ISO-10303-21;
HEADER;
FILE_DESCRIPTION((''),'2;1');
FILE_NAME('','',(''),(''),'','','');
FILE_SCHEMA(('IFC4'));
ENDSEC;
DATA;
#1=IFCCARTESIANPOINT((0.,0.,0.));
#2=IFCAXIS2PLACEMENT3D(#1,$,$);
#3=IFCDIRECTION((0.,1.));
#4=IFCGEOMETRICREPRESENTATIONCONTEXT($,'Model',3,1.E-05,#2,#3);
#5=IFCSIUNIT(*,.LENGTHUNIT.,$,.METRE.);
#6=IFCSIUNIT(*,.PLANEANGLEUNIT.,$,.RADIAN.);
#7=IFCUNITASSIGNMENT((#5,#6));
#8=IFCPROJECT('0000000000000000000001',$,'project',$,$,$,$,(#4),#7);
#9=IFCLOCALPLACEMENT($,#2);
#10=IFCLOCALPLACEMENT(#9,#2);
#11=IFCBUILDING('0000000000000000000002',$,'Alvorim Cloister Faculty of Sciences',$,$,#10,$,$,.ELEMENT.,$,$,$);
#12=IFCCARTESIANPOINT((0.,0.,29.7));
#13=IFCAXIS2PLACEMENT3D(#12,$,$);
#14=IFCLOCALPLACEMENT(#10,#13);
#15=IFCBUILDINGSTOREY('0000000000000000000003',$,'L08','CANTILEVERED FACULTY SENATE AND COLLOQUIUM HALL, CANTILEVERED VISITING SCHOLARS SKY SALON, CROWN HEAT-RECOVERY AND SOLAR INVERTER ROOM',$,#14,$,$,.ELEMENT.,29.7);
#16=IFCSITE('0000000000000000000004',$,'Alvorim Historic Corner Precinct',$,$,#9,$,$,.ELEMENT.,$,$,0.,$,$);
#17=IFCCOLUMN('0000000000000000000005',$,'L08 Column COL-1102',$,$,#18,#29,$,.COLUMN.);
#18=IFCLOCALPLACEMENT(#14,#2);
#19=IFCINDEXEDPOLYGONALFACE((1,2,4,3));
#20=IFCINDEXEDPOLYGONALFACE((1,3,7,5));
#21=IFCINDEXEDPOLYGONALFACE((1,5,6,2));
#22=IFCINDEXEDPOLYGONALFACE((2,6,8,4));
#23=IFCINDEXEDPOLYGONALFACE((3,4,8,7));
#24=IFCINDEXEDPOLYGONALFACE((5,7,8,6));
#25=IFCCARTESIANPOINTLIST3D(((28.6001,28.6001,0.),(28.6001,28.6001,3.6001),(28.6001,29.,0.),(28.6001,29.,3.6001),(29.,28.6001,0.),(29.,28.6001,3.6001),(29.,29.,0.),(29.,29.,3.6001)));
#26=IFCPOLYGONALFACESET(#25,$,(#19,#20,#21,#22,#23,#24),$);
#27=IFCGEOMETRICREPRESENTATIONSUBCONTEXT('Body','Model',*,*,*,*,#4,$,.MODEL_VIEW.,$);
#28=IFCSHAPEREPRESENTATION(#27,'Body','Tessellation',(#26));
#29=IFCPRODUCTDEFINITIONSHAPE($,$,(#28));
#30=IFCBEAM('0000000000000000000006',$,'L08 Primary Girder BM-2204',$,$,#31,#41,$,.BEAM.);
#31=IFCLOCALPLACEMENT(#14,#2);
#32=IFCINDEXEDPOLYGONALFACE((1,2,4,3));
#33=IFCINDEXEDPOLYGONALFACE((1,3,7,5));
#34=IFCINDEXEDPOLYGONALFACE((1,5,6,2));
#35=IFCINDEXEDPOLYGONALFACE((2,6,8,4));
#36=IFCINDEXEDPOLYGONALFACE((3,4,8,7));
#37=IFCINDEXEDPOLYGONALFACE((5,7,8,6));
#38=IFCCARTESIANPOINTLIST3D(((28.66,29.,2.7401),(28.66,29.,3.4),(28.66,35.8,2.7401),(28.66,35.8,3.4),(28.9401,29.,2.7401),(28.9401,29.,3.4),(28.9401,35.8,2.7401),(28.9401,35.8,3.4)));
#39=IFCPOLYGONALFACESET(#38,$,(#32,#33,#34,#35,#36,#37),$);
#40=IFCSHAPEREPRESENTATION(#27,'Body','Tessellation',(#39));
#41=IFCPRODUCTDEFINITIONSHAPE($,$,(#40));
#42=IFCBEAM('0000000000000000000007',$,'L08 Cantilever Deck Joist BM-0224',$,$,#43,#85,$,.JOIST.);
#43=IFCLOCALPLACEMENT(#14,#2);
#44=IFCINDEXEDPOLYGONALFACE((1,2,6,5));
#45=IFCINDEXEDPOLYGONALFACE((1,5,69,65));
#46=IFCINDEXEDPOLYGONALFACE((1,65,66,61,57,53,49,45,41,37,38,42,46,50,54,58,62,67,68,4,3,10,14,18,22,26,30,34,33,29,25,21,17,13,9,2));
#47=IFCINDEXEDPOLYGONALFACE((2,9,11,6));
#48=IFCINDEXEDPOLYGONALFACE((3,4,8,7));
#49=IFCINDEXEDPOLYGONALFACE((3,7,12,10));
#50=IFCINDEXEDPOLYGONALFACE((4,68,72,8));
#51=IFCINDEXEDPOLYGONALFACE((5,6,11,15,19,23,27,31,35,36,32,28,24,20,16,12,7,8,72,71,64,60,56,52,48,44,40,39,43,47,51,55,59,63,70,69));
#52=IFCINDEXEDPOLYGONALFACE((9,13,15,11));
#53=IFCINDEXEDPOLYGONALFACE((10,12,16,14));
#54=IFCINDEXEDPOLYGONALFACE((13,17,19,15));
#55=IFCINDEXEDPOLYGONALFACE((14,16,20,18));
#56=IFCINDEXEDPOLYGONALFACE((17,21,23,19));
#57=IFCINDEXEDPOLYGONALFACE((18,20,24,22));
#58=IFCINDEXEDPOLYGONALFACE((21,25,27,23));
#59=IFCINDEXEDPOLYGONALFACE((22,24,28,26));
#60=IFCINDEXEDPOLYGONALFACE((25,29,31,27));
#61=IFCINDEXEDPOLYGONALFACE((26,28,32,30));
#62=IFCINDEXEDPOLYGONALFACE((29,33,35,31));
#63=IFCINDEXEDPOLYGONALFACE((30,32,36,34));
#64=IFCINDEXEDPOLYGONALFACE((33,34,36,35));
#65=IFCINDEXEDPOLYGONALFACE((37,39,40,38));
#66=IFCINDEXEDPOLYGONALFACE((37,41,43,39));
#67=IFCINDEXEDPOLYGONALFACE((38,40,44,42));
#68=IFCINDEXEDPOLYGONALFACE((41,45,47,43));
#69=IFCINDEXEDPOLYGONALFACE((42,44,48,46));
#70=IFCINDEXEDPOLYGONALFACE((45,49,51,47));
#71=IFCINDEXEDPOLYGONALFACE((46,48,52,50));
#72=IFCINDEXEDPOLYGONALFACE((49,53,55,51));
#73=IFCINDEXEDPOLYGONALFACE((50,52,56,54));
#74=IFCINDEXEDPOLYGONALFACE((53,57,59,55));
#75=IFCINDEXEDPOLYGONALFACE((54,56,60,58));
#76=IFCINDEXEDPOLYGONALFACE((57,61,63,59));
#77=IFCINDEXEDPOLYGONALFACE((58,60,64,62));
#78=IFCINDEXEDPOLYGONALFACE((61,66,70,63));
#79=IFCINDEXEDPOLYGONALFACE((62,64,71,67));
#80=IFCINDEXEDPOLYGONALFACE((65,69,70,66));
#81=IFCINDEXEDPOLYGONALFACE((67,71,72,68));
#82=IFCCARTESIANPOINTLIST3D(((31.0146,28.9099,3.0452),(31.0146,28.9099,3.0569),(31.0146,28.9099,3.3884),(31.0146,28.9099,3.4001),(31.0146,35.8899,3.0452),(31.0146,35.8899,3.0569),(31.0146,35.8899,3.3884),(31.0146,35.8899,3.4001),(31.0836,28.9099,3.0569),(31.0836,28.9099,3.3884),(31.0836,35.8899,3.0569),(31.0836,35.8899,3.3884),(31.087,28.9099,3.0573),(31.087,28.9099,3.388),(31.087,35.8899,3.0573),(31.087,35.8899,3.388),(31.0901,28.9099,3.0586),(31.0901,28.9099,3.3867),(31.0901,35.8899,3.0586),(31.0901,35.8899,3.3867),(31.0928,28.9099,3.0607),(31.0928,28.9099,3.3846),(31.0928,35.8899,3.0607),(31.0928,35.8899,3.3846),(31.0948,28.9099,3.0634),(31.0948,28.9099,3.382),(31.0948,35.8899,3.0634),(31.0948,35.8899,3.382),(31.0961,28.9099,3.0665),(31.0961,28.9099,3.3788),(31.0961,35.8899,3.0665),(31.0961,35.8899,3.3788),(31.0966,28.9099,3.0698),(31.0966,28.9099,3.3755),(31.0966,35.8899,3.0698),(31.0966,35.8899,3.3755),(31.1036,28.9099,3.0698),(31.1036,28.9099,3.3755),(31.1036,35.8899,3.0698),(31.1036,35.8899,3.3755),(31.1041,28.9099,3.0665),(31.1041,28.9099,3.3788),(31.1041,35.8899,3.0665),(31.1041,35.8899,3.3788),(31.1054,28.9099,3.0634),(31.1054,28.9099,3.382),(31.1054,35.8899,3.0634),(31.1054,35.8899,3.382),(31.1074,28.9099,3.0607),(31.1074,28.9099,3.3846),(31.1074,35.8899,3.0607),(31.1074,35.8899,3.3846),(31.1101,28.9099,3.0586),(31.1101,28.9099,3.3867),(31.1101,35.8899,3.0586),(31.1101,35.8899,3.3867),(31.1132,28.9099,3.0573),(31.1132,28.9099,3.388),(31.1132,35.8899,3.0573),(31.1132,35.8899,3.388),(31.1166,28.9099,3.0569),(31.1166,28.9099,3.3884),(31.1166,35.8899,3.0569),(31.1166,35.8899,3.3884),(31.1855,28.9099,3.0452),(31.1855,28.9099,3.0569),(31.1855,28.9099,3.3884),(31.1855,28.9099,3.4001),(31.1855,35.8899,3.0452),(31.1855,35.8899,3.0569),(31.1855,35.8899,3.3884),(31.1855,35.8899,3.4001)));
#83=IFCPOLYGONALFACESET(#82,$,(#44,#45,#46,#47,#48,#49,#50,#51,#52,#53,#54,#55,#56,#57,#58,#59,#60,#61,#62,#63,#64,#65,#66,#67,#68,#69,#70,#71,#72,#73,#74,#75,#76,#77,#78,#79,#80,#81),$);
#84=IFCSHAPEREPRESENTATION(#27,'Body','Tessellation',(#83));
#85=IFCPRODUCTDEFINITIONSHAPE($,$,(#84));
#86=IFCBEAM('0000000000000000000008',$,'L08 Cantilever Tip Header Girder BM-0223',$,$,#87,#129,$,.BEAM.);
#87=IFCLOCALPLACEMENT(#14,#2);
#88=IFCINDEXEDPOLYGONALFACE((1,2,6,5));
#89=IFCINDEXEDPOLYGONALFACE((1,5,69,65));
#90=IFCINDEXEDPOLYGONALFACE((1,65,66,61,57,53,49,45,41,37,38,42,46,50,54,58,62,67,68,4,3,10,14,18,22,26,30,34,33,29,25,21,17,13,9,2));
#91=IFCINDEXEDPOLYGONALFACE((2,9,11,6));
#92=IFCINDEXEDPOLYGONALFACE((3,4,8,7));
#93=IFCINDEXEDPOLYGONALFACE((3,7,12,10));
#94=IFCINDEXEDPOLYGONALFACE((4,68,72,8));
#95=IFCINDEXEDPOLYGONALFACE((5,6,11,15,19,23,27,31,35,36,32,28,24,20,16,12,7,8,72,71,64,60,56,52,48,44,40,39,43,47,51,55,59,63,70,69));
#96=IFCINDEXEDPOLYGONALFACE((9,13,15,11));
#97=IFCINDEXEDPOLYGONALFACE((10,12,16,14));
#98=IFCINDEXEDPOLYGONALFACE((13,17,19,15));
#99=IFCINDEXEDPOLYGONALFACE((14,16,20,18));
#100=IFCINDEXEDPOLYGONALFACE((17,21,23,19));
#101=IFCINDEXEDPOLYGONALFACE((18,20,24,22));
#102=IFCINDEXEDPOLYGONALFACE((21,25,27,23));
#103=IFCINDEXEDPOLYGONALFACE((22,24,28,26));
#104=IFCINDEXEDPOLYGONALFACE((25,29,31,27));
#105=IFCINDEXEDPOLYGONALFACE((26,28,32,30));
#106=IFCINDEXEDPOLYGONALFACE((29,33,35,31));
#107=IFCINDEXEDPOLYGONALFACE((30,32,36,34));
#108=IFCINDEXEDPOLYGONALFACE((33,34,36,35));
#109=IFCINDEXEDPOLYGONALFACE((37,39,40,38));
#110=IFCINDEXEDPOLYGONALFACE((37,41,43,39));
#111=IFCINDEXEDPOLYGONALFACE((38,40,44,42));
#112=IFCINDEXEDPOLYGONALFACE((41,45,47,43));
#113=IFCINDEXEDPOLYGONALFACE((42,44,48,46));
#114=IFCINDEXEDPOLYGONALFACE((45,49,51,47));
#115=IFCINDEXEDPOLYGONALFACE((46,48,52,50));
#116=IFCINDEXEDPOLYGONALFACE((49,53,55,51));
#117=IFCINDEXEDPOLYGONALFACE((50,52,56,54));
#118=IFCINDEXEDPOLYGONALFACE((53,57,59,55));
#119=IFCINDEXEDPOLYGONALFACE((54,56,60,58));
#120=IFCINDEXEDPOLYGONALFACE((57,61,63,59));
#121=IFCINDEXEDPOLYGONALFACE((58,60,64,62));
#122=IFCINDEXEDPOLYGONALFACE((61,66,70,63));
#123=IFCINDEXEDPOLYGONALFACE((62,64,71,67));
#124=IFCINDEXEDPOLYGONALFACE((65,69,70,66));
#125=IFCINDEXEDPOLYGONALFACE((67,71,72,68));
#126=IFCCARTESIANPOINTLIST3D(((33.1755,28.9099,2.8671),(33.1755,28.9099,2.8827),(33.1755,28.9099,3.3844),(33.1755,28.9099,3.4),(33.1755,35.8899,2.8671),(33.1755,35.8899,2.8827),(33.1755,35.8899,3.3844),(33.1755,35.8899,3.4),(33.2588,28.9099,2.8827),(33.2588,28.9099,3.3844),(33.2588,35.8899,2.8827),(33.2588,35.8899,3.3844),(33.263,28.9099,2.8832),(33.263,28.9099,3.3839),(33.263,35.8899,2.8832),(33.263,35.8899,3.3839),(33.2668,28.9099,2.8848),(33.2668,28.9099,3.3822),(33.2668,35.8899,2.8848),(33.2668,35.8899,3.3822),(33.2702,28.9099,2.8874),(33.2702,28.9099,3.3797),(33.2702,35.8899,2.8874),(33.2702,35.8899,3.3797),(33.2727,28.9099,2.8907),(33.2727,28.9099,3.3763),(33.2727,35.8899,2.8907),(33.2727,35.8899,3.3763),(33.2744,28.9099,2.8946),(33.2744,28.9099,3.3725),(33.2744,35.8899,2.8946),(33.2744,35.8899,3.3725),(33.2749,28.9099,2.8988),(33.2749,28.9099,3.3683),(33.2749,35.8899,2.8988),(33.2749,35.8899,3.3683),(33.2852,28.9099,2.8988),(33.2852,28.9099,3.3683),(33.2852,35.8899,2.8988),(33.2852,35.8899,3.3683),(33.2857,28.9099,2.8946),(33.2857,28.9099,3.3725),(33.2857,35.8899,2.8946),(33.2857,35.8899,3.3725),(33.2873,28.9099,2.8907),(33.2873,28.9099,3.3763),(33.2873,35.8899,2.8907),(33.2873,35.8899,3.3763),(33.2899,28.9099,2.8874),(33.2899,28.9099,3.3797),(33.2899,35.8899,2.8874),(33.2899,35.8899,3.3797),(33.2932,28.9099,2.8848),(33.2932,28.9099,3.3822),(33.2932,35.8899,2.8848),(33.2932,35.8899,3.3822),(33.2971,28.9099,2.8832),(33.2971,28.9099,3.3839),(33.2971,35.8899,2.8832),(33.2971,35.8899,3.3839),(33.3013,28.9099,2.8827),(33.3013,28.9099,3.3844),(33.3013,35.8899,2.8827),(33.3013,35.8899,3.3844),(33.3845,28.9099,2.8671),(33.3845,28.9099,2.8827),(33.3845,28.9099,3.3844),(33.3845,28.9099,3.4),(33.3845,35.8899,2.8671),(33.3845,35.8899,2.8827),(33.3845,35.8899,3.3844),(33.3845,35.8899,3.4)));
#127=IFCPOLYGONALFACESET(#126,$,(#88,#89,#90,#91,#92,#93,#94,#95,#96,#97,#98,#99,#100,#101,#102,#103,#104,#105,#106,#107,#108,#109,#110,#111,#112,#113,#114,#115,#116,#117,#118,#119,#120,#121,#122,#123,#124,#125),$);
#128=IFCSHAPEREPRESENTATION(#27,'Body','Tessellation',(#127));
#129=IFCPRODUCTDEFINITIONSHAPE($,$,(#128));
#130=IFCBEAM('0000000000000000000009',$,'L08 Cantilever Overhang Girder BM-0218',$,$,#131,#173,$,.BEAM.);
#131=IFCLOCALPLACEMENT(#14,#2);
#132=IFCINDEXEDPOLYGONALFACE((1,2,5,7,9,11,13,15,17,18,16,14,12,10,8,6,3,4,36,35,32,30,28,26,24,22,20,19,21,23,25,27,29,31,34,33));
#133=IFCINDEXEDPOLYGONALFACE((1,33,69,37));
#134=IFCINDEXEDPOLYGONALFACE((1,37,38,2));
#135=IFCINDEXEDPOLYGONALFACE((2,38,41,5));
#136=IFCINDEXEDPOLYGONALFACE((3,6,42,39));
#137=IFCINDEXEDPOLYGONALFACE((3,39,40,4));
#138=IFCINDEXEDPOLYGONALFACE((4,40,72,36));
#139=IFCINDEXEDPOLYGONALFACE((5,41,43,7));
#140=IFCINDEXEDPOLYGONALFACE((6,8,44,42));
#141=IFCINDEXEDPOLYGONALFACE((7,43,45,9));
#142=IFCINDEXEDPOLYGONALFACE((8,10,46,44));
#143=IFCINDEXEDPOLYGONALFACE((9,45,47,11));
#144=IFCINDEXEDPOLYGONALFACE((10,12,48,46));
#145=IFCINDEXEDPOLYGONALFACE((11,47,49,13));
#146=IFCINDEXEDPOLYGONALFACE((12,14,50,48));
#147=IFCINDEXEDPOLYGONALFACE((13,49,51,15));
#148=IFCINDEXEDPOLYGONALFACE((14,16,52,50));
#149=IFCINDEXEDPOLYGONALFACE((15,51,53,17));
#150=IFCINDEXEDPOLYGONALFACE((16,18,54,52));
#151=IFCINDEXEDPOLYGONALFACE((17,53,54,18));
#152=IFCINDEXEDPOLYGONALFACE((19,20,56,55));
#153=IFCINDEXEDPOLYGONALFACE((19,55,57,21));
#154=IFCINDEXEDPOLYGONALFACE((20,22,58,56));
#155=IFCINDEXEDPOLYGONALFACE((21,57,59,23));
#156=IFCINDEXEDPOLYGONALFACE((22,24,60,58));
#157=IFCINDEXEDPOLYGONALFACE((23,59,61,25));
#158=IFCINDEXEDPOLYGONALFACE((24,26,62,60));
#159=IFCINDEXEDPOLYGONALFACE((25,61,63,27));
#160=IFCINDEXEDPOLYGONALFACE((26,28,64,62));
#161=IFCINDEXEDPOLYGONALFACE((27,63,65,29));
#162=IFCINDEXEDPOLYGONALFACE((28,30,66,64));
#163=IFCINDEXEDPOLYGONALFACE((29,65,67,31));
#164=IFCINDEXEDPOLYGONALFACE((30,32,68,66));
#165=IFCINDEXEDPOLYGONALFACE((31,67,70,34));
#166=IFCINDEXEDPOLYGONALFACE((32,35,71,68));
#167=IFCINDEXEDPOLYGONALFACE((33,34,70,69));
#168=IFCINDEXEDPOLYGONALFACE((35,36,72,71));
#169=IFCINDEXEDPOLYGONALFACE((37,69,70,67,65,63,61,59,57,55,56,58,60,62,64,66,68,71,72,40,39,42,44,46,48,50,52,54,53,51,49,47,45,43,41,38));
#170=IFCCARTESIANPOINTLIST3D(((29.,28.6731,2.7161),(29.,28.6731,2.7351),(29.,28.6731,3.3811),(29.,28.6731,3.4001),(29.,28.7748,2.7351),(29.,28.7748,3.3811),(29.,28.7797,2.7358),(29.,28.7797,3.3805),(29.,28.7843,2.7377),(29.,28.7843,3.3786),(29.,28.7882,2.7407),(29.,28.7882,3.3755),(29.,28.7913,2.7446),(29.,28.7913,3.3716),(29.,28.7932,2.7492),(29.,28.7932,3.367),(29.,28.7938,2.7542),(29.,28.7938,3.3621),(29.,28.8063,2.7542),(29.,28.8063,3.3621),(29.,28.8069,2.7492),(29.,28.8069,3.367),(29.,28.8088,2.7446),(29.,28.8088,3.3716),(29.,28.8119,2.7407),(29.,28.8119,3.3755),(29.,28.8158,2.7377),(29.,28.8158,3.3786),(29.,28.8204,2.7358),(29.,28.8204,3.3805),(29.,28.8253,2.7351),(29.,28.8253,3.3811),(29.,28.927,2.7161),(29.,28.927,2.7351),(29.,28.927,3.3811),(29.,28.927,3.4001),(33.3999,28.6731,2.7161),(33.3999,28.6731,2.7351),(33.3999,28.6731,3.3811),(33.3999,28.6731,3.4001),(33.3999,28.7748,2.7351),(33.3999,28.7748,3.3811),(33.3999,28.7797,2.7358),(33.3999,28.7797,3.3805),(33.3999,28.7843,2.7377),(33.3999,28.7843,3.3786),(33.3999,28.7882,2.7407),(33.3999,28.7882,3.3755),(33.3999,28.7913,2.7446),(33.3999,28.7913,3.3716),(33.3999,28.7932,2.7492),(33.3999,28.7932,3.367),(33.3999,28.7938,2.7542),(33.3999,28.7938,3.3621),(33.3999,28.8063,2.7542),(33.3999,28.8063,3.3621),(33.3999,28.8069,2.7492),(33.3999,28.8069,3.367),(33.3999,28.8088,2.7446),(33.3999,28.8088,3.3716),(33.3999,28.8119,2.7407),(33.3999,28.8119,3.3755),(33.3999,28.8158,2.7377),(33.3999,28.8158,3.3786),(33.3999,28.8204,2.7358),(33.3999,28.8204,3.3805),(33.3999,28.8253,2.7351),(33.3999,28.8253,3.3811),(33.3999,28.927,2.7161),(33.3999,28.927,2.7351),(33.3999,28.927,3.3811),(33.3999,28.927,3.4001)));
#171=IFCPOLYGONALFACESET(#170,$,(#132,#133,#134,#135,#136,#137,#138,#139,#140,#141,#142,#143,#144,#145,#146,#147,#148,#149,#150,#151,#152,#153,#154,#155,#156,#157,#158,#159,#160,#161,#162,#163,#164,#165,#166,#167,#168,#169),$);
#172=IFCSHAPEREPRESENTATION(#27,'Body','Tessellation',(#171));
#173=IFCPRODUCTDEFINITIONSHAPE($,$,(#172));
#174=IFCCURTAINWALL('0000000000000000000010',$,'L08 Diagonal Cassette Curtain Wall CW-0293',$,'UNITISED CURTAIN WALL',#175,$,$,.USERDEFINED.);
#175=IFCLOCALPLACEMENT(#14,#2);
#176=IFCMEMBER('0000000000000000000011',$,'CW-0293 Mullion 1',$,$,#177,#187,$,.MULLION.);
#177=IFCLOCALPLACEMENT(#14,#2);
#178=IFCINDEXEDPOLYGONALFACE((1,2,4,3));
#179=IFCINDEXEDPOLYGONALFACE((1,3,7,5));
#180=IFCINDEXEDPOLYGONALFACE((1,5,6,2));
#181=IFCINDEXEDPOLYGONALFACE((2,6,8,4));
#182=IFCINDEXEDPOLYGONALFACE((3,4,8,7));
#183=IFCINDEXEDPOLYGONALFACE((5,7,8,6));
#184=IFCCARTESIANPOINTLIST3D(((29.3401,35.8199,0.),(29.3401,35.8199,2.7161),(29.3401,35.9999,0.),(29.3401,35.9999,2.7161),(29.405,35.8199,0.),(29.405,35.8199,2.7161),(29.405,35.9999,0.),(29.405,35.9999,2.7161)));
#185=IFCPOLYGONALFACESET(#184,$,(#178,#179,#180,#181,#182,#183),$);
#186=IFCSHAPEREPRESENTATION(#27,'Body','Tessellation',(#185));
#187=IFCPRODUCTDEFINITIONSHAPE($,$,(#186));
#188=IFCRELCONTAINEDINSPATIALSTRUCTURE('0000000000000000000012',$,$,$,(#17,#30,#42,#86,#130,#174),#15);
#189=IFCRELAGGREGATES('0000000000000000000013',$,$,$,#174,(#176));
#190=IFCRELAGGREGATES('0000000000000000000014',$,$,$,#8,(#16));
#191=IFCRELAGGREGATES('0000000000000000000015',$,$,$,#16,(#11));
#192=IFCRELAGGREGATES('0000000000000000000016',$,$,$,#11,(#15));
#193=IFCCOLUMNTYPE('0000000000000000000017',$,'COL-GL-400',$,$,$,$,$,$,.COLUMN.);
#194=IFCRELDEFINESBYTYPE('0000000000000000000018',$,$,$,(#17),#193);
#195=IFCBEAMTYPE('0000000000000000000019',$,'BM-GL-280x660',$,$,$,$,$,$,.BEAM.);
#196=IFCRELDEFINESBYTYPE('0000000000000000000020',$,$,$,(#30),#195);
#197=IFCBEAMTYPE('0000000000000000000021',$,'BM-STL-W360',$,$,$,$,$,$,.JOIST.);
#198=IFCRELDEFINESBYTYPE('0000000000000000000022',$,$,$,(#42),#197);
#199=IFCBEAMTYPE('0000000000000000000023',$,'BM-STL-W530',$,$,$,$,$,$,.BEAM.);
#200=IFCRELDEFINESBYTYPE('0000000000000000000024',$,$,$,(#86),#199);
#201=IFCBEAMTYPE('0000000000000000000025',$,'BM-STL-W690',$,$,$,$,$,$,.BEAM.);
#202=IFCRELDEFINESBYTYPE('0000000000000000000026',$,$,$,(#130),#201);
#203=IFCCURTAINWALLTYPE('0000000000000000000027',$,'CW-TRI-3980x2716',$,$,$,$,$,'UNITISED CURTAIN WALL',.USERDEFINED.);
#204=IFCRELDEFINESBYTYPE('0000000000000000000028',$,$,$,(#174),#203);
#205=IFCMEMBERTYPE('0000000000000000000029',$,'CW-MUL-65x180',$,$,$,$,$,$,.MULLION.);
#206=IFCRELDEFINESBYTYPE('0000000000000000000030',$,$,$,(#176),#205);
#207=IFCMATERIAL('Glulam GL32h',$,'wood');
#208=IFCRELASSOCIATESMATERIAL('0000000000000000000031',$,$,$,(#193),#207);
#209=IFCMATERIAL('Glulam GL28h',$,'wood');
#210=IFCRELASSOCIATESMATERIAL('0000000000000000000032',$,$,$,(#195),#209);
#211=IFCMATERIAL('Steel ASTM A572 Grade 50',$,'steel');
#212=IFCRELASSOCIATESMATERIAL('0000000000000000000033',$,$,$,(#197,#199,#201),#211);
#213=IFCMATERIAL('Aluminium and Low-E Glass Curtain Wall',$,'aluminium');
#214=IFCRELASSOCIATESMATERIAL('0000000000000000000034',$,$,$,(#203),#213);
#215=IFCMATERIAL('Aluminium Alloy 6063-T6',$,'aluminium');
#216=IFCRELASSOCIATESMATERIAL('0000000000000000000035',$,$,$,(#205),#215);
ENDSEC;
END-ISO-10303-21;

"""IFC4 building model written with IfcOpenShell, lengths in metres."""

from ifc_helpers import new_model, si_unit, direction, frame, origin, origin_2d, place, context, subcontext, project, spatial, rectangle, i_section, extrude, material, material_profile, profile_set, type_object, element, aggregate, save


model = new_model("IFC4")

# Units and contexts
model_context = context("Model", 3, precision=1e-05, world=origin(), true_north=direction((0.0, 1.0)))
body_context = subcontext(model_context, "Body", "Model", "MODEL_VIEW")
ifc_project = project(units=[si_unit("LENGTHUNIT", "METRE"), si_unit("PLANEANGLEUNIT", "RADIAN")], contexts=[model_context])

# Site, building, storey
site_placement = place(None, origin())
site = spatial("IfcSite", under=ifc_project, at=site_placement, Name="Alvorim Historic Corner Precinct", CompositionType="ELEMENT", RefElevation=0.0)
building_placement = place(site_placement, origin())
building = spatial("IfcBuilding", under=site, at=building_placement, Name="Alvorim Cloister Faculty of Sciences", CompositionType="ELEMENT")
storey_placement = place(building_placement, frame((0.0, 0.0, 29.7)))
storey = spatial("IfcBuildingStorey", under=building, at=storey_placement, Name="L08", Description="CANTILEVERED FACULTY SENATE AND COLLOQUIUM HALL, CANTILEVERED VISITING SCHOLARS SKY SALON, CROWN HEAT-RECOVERY AND SOLAR INVERTER ROOM", CompositionType="ELEMENT", Elevation=29.7)

# Column
ifc_material_1 = material(Name="Glulam GL32h", Category="wood")
ifc_material_profile_1 = material_profile(ifc_material_1, rectangle(XDim=0.3999, YDim=0.3999, at=origin_2d()), Name="GL32-COL-400x400")
ifc_profile_set_1 = profile_set([ifc_material_profile_1], Name="Glulam GL32h")
column_type = type_object("IfcColumnType", Name="COL-GL-400", PredefinedType="COLUMN", material=ifc_profile_set_1)
column_placement = place(storey_placement, frame((28.8, 28.8, 0.0), z_axis=(0.0, 0.0, 1.0), x_axis=(1.0, 0.0, 0.0)))
element("IfcColumn", 1, at=column_placement, inside=storey, type_object=column_type, Name="L08 Column COL-1102", PredefinedType="COLUMN", context=body_context, shape_type="SweptSolid", body=[
    extrude(rectangle(XDim=0.3999, YDim=0.3999, at=origin_2d()), origin(), (0.0, 0.0, 1.0), 3.6001),
])

# Beams
ifc_material_2 = material(Name="Glulam GL28h", Category="wood")
ifc_material_profile_2 = material_profile(ifc_material_2, rectangle(XDim=0.28, YDim=0.6599, at=origin_2d()), Name="GL28-BM-280x660")
ifc_profile_set_2 = profile_set([ifc_material_profile_2], Name="Glulam GL28h")
beam_type_1 = type_object("IfcBeamType", Name="BM-GL-280x660", PredefinedType="BEAM", material=ifc_profile_set_2)
beam_1_placement = place(storey_placement, frame((28.8, 29.0, 3.0701), z_axis=(0.0, 1.0, 0.0), x_axis=(-1.0, 0.0, 0.0)))
element("IfcBeam", 2, at=beam_1_placement, inside=storey, type_object=beam_type_1, Name="L08 Primary Girder BM-2204", PredefinedType="BEAM", context=body_context, shape_type="SweptSolid", body=[
    extrude(rectangle(XDim=0.28, YDim=0.6599, at=origin_2d()), origin(), (0.0, 0.0, 1.0), 6.8),
])
ifc_material_3 = material(Name="Steel ASTM A572 Grade 50", Category="steel")
ifc_material_profile_3 = material_profile(ifc_material_3, i_section(OverallWidth=0.1709, OverallDepth=0.355, WebThickness=0.0071, FlangeThickness=0.0117, FilletRadius=0.0129, at=origin_2d()), Name="W360x51.0")
ifc_profile_set_3 = profile_set([ifc_material_profile_3], Name="Steel ASTM A572 Grade 50")
beam_type_2 = type_object("IfcBeamType", Name="BM-STL-W360", PredefinedType="JOIST", material=ifc_profile_set_3)
beam_2_placement = place(storey_placement, frame((31.1001, 28.9099, 3.2227), z_axis=(0.0, 1.0, 0.0), x_axis=(-1.0, 0.0, 0.0)))
element("IfcBeam", 3, at=beam_2_placement, inside=storey, type_object=beam_type_2, Name="L08 Cantilever Deck Joist BM-0224", PredefinedType="JOIST", context=body_context, shape_type="SweptSolid", body=[
    extrude(i_section(OverallWidth=0.1709, OverallDepth=0.355, WebThickness=0.0071, FlangeThickness=0.0117, FilletRadius=0.0129, at=origin_2d()), origin(), (0.0, 0.0, 1.0), 6.98),
])
ifc_material_profile_4 = material_profile(ifc_material_3, i_section(OverallWidth=0.209, OverallDepth=0.533, WebThickness=0.0103, FlangeThickness=0.0156, FilletRadius=0.0161, at=origin_2d()), Name="W530x92.0")
ifc_profile_set_4 = profile_set([ifc_material_profile_4], Name="Steel ASTM A572 Grade 50")
beam_type_3 = type_object("IfcBeamType", Name="BM-STL-W530", PredefinedType="BEAM", material=ifc_profile_set_4)
beam_3_placement = place(storey_placement, frame((33.28, 28.9099, 3.1335), z_axis=(0.0, 1.0, 0.0), x_axis=(-1.0, 0.0, 0.0)))
element("IfcBeam", 4, at=beam_3_placement, inside=storey, type_object=beam_type_3, Name="L08 Cantilever Tip Header Girder BM-0223", PredefinedType="BEAM", context=body_context, shape_type="SweptSolid", body=[
    extrude(i_section(OverallWidth=0.209, OverallDepth=0.533, WebThickness=0.0103, FlangeThickness=0.0156, FilletRadius=0.0161, at=origin_2d()), origin(), (0.0, 0.0, 1.0), 6.98),
])
ifc_material_profile_5 = material_profile(ifc_material_3, i_section(OverallWidth=0.2539, OverallDepth=0.6841, WebThickness=0.0125, FlangeThickness=0.019, FilletRadius=0.019, at=origin_2d()), Name="W690x140.0")
ifc_profile_set_5 = profile_set([ifc_material_profile_5], Name="Steel ASTM A572 Grade 50")
beam_type_4 = type_object("IfcBeamType", Name="BM-STL-W690", PredefinedType="BEAM", material=ifc_profile_set_5)
beam_4_placement = place(storey_placement, frame((29.0, 28.8, 3.0581), z_axis=(1.0, 0.0, 0.0), x_axis=(0.0, 1.0, 0.0)))
element("IfcBeam", 5, at=beam_4_placement, inside=storey, type_object=beam_type_4, Name="L08 Cantilever Overhang Girder BM-0218", PredefinedType="BEAM", context=body_context, shape_type="SweptSolid", body=[
    extrude(i_section(OverallWidth=0.2539, OverallDepth=0.6841, WebThickness=0.0125, FlangeThickness=0.019, FilletRadius=0.019, at=origin_2d()), origin(), (0.0, 0.0, 1.0), 4.3999),
])

# Curtain wall, member
ifc_material_4 = material(Name="Aluminium and Low-E Glass Curtain Wall", Category="aluminium")
curtain_wall_type_1 = type_object("IfcCurtainWallType", Name="CW-TRI-3980x2716", ElementType="UNITISED CURTAIN WALL", PredefinedType="USERDEFINED", material=ifc_material_4)
curtain_wall_1_placement = place(storey_placement, origin())
curtain_wall_1 = element("IfcCurtainWall", 6, at=curtain_wall_1_placement, inside=storey, type_object=curtain_wall_type_1, Name="L08 Diagonal Cassette Curtain Wall CW-0293", ObjectType="UNITISED CURTAIN WALL", PredefinedType="USERDEFINED")
ifc_material_5 = material(Name="Aluminium Alloy 6063-T6", Category="aluminium")
ifc_material_profile_6 = material_profile(ifc_material_5, rectangle(XDim=0.0649, YDim=0.1799, at=origin_2d()), Name="ALU-MUL-65x180")
ifc_profile_set_6 = profile_set([ifc_material_profile_6], Name="Aluminium Alloy 6063-T6")
member_type_1 = type_object("IfcMemberType", Name="CW-MUL-65x180", PredefinedType="MULLION", material=ifc_profile_set_6)
member_1_placement = place(storey_placement, frame((29.3726, 35.9099, 0.0), z_axis=(0.0, 0.0, 1.0), x_axis=(1.0, 0.0, 0.0)))
member_1 = element("IfcMember", 7, at=member_1_placement, type_object=member_type_1, Name="CW-0293 Mullion 1", PredefinedType="MULLION", context=body_context, shape_type="SweptSolid", body=[
    extrude(rectangle(XDim=0.0649, YDim=0.1799, at=origin_2d()), origin(), (0.0, 0.0, 1.0), 2.7161),
])

aggregate(curtain_wall_1, [member_1])

save(model, "model.ifc")
